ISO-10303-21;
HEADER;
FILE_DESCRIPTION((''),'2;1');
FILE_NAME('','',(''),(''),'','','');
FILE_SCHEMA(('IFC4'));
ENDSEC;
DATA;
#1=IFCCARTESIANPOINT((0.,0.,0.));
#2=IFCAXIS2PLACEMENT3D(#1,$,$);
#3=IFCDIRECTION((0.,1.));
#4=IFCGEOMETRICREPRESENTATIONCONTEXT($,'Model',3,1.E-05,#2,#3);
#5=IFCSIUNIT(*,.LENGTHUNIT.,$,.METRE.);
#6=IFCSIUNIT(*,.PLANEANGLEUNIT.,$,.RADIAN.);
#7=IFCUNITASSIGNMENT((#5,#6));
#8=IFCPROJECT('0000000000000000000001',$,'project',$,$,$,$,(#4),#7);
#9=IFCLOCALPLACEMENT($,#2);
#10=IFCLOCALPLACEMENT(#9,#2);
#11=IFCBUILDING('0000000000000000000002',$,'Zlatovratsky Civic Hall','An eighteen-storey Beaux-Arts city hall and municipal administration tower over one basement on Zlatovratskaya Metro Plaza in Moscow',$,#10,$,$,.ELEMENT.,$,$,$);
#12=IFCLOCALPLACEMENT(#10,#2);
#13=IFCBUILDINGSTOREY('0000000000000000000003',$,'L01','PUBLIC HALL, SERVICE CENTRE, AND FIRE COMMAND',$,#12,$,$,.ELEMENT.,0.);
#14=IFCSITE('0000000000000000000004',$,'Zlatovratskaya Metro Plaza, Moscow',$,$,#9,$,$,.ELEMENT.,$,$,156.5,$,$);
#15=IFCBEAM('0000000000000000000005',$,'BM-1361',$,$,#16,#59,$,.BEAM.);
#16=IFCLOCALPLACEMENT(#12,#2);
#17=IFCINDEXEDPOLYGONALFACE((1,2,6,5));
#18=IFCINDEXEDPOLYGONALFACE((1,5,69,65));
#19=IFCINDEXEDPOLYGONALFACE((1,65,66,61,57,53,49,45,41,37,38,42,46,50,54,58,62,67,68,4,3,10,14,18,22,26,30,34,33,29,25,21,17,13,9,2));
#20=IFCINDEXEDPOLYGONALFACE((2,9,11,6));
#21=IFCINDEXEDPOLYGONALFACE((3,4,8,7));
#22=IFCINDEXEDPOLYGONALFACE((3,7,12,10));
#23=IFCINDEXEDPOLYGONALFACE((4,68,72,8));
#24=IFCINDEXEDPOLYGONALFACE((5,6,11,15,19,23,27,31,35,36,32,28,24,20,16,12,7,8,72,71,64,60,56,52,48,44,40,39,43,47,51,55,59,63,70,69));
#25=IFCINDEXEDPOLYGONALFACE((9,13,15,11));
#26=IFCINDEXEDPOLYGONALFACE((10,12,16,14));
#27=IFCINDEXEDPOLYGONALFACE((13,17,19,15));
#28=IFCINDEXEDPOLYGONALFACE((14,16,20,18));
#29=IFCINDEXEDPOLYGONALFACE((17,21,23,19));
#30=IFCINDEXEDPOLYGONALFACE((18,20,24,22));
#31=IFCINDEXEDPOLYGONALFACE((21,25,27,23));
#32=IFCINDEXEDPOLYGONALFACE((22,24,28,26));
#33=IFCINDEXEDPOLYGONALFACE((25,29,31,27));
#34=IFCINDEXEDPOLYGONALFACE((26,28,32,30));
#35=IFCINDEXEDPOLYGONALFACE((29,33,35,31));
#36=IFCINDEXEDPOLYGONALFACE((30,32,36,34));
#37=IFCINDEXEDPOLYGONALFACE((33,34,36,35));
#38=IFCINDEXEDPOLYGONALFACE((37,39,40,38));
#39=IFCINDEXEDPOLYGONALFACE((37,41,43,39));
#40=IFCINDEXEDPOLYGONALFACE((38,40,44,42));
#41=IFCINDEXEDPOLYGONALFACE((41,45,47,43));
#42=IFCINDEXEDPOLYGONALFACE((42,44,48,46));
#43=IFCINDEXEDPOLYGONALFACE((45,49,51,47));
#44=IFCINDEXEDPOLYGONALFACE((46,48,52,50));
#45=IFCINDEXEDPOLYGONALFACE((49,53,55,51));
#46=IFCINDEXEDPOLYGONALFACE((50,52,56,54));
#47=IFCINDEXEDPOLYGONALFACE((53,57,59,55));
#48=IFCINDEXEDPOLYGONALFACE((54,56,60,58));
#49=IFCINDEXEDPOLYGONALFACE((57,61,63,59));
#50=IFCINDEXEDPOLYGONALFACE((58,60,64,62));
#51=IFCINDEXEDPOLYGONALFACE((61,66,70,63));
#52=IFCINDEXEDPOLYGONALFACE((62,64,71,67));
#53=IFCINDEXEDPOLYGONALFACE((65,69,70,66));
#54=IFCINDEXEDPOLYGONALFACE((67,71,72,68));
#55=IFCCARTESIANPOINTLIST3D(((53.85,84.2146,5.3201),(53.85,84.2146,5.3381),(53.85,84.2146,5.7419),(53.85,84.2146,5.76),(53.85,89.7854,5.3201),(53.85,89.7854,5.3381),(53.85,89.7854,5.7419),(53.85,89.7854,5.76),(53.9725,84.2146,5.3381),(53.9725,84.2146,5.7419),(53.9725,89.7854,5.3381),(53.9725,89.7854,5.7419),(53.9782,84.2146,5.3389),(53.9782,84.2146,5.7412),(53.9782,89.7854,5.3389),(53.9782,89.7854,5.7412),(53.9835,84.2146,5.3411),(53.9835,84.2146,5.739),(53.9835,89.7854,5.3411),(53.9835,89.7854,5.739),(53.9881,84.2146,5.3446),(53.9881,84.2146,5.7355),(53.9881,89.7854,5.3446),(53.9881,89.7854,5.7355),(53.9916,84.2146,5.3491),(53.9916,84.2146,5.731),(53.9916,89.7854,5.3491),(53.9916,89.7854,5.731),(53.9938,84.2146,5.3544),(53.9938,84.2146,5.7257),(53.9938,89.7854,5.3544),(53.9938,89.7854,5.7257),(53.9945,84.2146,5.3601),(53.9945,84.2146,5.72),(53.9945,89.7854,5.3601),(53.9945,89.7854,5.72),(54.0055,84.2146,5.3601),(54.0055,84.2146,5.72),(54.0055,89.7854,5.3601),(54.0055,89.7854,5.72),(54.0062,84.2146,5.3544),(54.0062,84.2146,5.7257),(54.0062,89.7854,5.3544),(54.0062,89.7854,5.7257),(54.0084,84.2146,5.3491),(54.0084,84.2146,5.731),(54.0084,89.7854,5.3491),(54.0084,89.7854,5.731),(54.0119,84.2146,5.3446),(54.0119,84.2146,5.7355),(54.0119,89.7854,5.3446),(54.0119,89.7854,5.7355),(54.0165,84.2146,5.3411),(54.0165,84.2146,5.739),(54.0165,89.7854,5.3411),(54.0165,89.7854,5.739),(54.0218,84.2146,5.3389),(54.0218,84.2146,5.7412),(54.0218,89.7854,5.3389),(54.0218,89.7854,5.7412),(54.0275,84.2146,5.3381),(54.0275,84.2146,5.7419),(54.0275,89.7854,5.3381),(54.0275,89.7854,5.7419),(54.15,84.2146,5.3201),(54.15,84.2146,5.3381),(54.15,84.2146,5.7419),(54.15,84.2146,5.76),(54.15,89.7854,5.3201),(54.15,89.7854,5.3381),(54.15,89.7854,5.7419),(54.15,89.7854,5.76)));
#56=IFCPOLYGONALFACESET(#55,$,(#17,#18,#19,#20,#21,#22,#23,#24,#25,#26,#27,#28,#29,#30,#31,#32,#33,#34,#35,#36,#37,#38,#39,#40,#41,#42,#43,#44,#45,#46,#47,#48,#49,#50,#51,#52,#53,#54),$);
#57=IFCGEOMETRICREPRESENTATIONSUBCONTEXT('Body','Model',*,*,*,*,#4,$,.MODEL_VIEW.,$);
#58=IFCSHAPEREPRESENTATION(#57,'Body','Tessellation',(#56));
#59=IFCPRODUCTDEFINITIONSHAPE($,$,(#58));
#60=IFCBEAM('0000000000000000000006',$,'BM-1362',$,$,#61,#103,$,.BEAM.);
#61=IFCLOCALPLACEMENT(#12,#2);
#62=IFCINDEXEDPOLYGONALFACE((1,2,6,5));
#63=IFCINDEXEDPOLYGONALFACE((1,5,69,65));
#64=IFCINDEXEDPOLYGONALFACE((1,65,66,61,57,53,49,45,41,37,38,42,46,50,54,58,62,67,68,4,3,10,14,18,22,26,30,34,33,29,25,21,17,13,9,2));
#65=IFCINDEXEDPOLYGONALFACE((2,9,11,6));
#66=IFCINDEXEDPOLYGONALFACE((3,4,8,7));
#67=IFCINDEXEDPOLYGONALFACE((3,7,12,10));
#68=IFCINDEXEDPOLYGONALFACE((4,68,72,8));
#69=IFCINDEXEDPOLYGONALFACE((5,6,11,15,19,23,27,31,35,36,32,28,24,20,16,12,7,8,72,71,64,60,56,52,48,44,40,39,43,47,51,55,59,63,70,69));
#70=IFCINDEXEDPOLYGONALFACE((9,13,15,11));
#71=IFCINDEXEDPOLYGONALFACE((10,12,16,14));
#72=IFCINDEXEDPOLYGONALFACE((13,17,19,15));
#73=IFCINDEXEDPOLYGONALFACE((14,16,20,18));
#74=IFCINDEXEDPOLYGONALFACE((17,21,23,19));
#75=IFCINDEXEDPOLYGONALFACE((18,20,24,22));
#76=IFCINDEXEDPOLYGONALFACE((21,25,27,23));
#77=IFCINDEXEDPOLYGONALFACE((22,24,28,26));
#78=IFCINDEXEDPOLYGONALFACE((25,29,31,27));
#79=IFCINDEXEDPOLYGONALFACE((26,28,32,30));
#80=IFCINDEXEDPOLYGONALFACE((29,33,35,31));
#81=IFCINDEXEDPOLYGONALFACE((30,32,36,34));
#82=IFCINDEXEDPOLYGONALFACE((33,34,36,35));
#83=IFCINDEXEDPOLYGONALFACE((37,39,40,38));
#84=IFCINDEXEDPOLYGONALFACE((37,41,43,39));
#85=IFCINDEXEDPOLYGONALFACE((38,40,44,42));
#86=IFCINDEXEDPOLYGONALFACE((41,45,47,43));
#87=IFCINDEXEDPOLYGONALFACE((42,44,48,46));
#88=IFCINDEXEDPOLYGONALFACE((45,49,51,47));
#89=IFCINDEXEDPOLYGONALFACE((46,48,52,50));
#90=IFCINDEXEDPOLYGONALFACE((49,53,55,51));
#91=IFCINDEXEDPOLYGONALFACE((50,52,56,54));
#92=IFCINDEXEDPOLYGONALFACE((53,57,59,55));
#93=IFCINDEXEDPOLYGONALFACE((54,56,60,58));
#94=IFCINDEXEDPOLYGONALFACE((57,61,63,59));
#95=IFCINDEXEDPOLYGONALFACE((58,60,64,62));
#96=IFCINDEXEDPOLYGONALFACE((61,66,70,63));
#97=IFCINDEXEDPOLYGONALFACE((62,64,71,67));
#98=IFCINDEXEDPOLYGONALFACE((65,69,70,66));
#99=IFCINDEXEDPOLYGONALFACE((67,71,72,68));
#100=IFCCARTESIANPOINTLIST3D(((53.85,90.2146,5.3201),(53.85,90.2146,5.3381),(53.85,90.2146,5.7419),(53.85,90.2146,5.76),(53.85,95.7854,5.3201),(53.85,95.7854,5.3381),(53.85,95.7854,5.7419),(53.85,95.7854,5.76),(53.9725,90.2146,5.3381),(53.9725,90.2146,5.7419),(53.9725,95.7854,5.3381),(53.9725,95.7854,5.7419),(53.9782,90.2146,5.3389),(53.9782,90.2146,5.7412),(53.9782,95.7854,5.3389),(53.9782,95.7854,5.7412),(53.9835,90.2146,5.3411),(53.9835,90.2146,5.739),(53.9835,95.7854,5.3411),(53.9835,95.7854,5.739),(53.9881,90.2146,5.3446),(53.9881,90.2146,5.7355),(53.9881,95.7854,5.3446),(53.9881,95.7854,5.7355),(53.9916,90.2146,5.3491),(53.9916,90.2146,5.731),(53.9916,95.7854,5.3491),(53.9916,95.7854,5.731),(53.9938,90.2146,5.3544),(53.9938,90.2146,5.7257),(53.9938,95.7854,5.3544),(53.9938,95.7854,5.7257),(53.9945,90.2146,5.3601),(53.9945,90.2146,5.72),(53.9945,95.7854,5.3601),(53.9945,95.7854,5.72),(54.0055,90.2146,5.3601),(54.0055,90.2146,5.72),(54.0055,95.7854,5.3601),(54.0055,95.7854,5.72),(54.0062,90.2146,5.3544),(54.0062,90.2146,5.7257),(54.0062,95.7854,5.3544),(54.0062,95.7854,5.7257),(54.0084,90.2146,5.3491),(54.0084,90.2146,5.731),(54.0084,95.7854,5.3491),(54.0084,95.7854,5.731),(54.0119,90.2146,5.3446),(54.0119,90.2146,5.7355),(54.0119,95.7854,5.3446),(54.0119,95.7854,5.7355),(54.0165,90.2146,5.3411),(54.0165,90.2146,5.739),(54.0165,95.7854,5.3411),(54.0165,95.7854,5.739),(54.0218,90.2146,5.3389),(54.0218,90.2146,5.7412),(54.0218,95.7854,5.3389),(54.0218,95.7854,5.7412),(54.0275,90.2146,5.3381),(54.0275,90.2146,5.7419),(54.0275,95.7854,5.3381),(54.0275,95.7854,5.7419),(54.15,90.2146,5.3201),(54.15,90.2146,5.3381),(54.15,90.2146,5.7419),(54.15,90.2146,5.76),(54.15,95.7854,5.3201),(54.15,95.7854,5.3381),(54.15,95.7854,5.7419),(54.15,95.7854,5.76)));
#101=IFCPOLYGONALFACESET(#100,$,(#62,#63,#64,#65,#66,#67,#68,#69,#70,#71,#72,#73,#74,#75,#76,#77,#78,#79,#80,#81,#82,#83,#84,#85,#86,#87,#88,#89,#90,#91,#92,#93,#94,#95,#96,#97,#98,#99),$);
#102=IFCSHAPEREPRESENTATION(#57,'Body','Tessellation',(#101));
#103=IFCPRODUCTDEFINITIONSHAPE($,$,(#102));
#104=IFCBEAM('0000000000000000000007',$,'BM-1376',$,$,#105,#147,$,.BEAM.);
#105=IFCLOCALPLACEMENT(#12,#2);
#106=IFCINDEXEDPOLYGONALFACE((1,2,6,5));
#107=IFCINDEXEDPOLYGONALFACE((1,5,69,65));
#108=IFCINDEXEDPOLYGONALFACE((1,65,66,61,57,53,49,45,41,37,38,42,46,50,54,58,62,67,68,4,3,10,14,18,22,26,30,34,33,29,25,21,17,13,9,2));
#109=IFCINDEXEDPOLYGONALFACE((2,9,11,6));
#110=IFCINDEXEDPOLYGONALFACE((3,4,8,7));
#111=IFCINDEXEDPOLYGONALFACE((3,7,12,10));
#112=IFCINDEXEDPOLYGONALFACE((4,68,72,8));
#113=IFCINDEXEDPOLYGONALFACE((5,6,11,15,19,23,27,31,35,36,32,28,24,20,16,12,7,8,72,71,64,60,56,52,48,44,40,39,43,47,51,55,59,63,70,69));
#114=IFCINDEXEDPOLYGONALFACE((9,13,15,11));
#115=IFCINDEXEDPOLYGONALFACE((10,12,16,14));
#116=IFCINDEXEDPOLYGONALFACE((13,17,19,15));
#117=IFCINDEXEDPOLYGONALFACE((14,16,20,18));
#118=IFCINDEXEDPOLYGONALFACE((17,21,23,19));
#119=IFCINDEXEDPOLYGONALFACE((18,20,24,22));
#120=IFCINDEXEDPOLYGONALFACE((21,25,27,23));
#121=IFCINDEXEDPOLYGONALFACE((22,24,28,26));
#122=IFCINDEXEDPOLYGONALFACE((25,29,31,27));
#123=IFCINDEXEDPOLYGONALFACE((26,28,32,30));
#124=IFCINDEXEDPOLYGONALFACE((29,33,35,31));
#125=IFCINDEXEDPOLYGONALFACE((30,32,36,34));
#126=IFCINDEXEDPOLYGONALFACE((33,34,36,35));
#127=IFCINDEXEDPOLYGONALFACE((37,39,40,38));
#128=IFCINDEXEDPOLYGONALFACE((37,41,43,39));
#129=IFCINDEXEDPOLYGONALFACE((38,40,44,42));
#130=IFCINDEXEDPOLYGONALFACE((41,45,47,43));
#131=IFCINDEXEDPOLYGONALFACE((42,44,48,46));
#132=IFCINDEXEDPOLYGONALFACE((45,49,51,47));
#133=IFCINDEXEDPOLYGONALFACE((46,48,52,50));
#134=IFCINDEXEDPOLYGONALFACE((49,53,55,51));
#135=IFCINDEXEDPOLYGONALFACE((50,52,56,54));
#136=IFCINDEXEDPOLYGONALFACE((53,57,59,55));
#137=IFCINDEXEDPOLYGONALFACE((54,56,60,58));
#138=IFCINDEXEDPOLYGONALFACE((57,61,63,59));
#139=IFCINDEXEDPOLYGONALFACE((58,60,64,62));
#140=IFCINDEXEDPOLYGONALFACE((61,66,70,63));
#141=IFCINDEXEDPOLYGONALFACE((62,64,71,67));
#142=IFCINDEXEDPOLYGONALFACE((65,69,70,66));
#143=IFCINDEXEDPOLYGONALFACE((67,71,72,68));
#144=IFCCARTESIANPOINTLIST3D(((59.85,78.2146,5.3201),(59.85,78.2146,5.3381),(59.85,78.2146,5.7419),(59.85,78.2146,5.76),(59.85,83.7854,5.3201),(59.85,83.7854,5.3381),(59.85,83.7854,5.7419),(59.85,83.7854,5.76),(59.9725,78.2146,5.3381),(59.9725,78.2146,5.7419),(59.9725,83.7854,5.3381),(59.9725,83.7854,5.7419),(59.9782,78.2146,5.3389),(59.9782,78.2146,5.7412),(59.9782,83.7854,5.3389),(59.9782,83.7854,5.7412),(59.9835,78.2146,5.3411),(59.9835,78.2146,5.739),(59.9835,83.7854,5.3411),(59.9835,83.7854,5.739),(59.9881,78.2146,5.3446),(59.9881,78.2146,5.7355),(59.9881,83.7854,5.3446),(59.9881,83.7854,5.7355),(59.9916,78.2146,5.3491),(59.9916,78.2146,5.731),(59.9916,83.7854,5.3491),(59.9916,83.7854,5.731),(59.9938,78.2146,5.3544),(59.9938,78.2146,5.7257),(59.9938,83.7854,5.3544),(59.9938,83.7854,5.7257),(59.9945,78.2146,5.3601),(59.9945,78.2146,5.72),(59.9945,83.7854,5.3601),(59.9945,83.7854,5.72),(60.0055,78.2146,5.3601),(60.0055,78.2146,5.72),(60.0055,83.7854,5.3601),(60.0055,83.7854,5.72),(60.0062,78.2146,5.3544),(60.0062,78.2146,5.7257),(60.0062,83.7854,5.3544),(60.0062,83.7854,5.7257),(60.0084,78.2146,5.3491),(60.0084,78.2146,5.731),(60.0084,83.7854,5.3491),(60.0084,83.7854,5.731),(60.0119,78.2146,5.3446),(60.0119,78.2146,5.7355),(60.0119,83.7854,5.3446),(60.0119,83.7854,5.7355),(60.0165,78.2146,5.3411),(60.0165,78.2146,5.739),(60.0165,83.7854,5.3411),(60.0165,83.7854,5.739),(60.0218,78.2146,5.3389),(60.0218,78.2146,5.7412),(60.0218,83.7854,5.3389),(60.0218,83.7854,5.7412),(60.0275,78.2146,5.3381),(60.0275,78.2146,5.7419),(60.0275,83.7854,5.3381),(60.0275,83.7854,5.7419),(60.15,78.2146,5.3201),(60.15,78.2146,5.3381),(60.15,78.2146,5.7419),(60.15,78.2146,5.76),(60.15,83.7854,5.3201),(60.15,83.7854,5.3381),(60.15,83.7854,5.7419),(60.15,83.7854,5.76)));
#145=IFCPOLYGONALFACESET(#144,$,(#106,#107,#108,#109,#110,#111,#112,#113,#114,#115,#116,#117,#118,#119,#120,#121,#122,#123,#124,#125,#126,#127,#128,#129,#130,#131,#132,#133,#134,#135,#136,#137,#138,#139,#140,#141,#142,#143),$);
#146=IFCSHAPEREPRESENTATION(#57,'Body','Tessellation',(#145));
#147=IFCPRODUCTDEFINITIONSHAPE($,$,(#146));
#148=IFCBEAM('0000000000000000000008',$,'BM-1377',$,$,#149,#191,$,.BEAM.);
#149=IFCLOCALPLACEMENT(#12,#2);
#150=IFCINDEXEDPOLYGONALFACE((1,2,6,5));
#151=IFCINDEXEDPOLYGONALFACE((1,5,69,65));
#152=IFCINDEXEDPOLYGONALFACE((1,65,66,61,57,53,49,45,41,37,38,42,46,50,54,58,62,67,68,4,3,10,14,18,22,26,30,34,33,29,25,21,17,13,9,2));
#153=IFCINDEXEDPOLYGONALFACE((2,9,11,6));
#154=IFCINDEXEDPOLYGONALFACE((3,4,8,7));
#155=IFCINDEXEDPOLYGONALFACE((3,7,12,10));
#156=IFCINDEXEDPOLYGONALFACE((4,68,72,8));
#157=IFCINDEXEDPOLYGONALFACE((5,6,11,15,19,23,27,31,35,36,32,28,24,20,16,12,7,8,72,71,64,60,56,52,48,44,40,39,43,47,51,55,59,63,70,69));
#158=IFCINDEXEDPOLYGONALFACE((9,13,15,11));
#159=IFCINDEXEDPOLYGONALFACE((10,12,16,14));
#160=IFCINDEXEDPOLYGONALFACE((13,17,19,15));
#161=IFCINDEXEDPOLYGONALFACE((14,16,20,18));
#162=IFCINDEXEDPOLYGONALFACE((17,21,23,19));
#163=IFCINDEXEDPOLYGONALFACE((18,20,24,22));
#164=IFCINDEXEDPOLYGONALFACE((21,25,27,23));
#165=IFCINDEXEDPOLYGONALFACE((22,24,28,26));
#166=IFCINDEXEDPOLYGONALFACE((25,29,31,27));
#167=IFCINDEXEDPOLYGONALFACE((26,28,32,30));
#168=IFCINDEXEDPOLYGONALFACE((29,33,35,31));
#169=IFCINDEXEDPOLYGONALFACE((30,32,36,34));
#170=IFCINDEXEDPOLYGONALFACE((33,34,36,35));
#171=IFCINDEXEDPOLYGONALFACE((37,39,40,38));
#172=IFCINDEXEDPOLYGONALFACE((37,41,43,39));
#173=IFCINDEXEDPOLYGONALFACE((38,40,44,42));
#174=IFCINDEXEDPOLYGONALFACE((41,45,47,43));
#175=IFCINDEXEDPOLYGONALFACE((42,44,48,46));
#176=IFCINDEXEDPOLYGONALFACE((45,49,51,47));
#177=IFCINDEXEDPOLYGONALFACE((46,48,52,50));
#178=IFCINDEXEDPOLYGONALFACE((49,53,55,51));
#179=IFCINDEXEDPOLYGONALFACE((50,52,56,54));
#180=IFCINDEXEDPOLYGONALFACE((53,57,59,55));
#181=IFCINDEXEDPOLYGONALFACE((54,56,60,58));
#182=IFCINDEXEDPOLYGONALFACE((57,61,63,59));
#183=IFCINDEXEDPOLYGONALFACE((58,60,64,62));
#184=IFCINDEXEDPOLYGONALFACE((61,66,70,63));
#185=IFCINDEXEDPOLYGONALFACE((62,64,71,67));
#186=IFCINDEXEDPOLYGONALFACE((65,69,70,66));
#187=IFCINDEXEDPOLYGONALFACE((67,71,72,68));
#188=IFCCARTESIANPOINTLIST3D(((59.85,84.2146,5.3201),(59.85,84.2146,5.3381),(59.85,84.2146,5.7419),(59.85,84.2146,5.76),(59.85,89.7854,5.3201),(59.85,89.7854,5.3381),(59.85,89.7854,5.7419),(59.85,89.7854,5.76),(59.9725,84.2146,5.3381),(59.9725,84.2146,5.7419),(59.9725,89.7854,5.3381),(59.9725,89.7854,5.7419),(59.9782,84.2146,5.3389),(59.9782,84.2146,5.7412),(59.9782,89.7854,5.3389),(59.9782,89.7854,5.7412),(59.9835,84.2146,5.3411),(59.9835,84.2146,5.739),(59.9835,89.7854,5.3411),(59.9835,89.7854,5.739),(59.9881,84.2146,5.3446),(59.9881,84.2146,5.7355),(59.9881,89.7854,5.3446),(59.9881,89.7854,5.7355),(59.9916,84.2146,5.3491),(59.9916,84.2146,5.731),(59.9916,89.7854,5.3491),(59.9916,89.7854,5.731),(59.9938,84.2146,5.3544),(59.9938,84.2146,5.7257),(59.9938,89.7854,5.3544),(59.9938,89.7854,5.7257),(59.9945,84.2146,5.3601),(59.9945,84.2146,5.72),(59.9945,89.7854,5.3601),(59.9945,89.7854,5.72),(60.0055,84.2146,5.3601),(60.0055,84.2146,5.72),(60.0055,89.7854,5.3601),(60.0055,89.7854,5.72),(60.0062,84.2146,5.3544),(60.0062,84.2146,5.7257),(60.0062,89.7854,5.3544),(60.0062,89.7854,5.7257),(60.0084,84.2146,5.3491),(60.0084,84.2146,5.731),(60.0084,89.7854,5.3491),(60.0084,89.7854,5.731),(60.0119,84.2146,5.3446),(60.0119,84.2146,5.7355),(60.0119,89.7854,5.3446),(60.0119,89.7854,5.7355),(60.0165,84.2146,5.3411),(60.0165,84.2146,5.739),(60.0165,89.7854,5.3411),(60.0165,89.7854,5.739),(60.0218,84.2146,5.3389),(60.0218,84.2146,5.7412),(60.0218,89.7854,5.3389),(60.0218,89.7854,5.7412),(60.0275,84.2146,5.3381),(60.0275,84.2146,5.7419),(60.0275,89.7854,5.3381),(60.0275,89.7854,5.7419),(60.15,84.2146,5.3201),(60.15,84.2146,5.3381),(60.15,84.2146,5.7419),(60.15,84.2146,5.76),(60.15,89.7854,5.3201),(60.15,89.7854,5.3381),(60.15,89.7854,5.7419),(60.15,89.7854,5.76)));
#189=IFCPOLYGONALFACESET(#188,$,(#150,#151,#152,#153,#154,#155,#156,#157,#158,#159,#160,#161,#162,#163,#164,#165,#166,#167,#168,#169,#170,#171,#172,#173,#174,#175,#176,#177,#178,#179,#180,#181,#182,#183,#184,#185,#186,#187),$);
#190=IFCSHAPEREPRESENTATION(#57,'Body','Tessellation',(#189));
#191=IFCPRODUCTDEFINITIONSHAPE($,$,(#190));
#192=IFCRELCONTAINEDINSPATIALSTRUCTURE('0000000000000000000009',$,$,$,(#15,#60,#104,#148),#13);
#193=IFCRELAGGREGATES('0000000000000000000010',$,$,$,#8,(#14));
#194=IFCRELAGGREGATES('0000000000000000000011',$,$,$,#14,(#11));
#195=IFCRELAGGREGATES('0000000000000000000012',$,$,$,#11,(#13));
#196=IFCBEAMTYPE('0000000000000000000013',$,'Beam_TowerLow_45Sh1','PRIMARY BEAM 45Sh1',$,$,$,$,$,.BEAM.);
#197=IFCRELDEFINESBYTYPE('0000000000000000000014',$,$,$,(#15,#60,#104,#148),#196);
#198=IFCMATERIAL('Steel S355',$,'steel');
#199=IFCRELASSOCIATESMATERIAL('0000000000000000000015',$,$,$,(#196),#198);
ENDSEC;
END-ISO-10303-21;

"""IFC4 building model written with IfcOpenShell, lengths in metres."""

from ifc_helpers import new_model, si_unit, direction, frame, origin, origin_2d, place, context, subcontext, project, spatial, i_section, extrude, material, material_profile, profile_set, type_object, element, save


model = new_model("IFC4")

# Units and contexts
model_context = context("Model", 3, precision=1e-05, world=origin(), true_north=direction((0.0, 1.0)))
body_context = subcontext(model_context, "Body", "Model", "MODEL_VIEW")
ifc_project = project(units=[si_unit("LENGTHUNIT", "METRE"), si_unit("PLANEANGLEUNIT", "RADIAN")], contexts=[model_context])

# Site, building, storey
site_placement = place(None, origin())
site = spatial("IfcSite", under=ifc_project, at=site_placement, Name="Zlatovratskaya Metro Plaza, Moscow", CompositionType="ELEMENT", RefElevation=156.5)
building_placement = place(site_placement, origin())
building = spatial("IfcBuilding", under=site, at=building_placement, Name="Zlatovratsky Civic Hall", Description="An eighteen-storey Beaux-Arts city hall and municipal administration tower over one basement on Zlatovratskaya Metro Plaza in Moscow", CompositionType="ELEMENT")
storey_placement = place(building_placement, origin())
storey = spatial("IfcBuildingStorey", under=building, at=storey_placement, Name="L01", Description="PUBLIC HALL, SERVICE CENTRE, AND FIRE COMMAND", CompositionType="ELEMENT", Elevation=0.0)

# Shared definitions
ifc_material_1 = material(Name="Steel S355", Category="steel")

# Beams
ifc_material_profile_1 = material_profile(ifc_material_1, i_section(OverallWidth=0.3, OverallDepth=0.4399, WebThickness=0.011, FlangeThickness=0.0181, FilletRadius=0.022, at=origin_2d()), Name="45Sh1")
ifc_profile_set_1 = profile_set([ifc_material_profile_1], Name="Steel S355")
beam_type = type_object("IfcBeamType", Name="Beam_TowerLow_45Sh1", Description="PRIMARY BEAM 45Sh1", PredefinedType="BEAM", material=ifc_profile_set_1)
for number, where, z_axis, x_axis, name in (
    (1, (54.0, 84.2146, 5.54), (0.0, 1.0, 0.0), (-1.0, 0.0, 0.0), "BM-1361"),
    (2, (54.0, 90.2146, 5.54), (0.0, 1.0, 0.0), (-1.0, 0.0, 0.0), "BM-1362"),
    (3, (60.0, 78.2146, 5.54), (0.0, 1.0, 0.0), (-1.0, 0.0, 0.0), "BM-1376"),
    (4, (60.0, 84.2146, 5.54), (0.0, 1.0, 0.0), (-1.0, 0.0, 0.0), "BM-1377"),
):
    element("IfcBeam", number, at=place(storey_placement, frame(where, z_axis=z_axis, x_axis=x_axis)), inside=storey, type_object=beam_type, Name=name, PredefinedType="BEAM", context=body_context, shape_type="SweptSolid", body=[
        extrude(i_section(OverallWidth=0.3, OverallDepth=0.4399, WebThickness=0.011, FlangeThickness=0.0181, FilletRadius=0.022, at=origin_2d()), origin(), (0.0, 0.0, 1.0), 5.5708),
    ])

save(model, "model.ifc")
